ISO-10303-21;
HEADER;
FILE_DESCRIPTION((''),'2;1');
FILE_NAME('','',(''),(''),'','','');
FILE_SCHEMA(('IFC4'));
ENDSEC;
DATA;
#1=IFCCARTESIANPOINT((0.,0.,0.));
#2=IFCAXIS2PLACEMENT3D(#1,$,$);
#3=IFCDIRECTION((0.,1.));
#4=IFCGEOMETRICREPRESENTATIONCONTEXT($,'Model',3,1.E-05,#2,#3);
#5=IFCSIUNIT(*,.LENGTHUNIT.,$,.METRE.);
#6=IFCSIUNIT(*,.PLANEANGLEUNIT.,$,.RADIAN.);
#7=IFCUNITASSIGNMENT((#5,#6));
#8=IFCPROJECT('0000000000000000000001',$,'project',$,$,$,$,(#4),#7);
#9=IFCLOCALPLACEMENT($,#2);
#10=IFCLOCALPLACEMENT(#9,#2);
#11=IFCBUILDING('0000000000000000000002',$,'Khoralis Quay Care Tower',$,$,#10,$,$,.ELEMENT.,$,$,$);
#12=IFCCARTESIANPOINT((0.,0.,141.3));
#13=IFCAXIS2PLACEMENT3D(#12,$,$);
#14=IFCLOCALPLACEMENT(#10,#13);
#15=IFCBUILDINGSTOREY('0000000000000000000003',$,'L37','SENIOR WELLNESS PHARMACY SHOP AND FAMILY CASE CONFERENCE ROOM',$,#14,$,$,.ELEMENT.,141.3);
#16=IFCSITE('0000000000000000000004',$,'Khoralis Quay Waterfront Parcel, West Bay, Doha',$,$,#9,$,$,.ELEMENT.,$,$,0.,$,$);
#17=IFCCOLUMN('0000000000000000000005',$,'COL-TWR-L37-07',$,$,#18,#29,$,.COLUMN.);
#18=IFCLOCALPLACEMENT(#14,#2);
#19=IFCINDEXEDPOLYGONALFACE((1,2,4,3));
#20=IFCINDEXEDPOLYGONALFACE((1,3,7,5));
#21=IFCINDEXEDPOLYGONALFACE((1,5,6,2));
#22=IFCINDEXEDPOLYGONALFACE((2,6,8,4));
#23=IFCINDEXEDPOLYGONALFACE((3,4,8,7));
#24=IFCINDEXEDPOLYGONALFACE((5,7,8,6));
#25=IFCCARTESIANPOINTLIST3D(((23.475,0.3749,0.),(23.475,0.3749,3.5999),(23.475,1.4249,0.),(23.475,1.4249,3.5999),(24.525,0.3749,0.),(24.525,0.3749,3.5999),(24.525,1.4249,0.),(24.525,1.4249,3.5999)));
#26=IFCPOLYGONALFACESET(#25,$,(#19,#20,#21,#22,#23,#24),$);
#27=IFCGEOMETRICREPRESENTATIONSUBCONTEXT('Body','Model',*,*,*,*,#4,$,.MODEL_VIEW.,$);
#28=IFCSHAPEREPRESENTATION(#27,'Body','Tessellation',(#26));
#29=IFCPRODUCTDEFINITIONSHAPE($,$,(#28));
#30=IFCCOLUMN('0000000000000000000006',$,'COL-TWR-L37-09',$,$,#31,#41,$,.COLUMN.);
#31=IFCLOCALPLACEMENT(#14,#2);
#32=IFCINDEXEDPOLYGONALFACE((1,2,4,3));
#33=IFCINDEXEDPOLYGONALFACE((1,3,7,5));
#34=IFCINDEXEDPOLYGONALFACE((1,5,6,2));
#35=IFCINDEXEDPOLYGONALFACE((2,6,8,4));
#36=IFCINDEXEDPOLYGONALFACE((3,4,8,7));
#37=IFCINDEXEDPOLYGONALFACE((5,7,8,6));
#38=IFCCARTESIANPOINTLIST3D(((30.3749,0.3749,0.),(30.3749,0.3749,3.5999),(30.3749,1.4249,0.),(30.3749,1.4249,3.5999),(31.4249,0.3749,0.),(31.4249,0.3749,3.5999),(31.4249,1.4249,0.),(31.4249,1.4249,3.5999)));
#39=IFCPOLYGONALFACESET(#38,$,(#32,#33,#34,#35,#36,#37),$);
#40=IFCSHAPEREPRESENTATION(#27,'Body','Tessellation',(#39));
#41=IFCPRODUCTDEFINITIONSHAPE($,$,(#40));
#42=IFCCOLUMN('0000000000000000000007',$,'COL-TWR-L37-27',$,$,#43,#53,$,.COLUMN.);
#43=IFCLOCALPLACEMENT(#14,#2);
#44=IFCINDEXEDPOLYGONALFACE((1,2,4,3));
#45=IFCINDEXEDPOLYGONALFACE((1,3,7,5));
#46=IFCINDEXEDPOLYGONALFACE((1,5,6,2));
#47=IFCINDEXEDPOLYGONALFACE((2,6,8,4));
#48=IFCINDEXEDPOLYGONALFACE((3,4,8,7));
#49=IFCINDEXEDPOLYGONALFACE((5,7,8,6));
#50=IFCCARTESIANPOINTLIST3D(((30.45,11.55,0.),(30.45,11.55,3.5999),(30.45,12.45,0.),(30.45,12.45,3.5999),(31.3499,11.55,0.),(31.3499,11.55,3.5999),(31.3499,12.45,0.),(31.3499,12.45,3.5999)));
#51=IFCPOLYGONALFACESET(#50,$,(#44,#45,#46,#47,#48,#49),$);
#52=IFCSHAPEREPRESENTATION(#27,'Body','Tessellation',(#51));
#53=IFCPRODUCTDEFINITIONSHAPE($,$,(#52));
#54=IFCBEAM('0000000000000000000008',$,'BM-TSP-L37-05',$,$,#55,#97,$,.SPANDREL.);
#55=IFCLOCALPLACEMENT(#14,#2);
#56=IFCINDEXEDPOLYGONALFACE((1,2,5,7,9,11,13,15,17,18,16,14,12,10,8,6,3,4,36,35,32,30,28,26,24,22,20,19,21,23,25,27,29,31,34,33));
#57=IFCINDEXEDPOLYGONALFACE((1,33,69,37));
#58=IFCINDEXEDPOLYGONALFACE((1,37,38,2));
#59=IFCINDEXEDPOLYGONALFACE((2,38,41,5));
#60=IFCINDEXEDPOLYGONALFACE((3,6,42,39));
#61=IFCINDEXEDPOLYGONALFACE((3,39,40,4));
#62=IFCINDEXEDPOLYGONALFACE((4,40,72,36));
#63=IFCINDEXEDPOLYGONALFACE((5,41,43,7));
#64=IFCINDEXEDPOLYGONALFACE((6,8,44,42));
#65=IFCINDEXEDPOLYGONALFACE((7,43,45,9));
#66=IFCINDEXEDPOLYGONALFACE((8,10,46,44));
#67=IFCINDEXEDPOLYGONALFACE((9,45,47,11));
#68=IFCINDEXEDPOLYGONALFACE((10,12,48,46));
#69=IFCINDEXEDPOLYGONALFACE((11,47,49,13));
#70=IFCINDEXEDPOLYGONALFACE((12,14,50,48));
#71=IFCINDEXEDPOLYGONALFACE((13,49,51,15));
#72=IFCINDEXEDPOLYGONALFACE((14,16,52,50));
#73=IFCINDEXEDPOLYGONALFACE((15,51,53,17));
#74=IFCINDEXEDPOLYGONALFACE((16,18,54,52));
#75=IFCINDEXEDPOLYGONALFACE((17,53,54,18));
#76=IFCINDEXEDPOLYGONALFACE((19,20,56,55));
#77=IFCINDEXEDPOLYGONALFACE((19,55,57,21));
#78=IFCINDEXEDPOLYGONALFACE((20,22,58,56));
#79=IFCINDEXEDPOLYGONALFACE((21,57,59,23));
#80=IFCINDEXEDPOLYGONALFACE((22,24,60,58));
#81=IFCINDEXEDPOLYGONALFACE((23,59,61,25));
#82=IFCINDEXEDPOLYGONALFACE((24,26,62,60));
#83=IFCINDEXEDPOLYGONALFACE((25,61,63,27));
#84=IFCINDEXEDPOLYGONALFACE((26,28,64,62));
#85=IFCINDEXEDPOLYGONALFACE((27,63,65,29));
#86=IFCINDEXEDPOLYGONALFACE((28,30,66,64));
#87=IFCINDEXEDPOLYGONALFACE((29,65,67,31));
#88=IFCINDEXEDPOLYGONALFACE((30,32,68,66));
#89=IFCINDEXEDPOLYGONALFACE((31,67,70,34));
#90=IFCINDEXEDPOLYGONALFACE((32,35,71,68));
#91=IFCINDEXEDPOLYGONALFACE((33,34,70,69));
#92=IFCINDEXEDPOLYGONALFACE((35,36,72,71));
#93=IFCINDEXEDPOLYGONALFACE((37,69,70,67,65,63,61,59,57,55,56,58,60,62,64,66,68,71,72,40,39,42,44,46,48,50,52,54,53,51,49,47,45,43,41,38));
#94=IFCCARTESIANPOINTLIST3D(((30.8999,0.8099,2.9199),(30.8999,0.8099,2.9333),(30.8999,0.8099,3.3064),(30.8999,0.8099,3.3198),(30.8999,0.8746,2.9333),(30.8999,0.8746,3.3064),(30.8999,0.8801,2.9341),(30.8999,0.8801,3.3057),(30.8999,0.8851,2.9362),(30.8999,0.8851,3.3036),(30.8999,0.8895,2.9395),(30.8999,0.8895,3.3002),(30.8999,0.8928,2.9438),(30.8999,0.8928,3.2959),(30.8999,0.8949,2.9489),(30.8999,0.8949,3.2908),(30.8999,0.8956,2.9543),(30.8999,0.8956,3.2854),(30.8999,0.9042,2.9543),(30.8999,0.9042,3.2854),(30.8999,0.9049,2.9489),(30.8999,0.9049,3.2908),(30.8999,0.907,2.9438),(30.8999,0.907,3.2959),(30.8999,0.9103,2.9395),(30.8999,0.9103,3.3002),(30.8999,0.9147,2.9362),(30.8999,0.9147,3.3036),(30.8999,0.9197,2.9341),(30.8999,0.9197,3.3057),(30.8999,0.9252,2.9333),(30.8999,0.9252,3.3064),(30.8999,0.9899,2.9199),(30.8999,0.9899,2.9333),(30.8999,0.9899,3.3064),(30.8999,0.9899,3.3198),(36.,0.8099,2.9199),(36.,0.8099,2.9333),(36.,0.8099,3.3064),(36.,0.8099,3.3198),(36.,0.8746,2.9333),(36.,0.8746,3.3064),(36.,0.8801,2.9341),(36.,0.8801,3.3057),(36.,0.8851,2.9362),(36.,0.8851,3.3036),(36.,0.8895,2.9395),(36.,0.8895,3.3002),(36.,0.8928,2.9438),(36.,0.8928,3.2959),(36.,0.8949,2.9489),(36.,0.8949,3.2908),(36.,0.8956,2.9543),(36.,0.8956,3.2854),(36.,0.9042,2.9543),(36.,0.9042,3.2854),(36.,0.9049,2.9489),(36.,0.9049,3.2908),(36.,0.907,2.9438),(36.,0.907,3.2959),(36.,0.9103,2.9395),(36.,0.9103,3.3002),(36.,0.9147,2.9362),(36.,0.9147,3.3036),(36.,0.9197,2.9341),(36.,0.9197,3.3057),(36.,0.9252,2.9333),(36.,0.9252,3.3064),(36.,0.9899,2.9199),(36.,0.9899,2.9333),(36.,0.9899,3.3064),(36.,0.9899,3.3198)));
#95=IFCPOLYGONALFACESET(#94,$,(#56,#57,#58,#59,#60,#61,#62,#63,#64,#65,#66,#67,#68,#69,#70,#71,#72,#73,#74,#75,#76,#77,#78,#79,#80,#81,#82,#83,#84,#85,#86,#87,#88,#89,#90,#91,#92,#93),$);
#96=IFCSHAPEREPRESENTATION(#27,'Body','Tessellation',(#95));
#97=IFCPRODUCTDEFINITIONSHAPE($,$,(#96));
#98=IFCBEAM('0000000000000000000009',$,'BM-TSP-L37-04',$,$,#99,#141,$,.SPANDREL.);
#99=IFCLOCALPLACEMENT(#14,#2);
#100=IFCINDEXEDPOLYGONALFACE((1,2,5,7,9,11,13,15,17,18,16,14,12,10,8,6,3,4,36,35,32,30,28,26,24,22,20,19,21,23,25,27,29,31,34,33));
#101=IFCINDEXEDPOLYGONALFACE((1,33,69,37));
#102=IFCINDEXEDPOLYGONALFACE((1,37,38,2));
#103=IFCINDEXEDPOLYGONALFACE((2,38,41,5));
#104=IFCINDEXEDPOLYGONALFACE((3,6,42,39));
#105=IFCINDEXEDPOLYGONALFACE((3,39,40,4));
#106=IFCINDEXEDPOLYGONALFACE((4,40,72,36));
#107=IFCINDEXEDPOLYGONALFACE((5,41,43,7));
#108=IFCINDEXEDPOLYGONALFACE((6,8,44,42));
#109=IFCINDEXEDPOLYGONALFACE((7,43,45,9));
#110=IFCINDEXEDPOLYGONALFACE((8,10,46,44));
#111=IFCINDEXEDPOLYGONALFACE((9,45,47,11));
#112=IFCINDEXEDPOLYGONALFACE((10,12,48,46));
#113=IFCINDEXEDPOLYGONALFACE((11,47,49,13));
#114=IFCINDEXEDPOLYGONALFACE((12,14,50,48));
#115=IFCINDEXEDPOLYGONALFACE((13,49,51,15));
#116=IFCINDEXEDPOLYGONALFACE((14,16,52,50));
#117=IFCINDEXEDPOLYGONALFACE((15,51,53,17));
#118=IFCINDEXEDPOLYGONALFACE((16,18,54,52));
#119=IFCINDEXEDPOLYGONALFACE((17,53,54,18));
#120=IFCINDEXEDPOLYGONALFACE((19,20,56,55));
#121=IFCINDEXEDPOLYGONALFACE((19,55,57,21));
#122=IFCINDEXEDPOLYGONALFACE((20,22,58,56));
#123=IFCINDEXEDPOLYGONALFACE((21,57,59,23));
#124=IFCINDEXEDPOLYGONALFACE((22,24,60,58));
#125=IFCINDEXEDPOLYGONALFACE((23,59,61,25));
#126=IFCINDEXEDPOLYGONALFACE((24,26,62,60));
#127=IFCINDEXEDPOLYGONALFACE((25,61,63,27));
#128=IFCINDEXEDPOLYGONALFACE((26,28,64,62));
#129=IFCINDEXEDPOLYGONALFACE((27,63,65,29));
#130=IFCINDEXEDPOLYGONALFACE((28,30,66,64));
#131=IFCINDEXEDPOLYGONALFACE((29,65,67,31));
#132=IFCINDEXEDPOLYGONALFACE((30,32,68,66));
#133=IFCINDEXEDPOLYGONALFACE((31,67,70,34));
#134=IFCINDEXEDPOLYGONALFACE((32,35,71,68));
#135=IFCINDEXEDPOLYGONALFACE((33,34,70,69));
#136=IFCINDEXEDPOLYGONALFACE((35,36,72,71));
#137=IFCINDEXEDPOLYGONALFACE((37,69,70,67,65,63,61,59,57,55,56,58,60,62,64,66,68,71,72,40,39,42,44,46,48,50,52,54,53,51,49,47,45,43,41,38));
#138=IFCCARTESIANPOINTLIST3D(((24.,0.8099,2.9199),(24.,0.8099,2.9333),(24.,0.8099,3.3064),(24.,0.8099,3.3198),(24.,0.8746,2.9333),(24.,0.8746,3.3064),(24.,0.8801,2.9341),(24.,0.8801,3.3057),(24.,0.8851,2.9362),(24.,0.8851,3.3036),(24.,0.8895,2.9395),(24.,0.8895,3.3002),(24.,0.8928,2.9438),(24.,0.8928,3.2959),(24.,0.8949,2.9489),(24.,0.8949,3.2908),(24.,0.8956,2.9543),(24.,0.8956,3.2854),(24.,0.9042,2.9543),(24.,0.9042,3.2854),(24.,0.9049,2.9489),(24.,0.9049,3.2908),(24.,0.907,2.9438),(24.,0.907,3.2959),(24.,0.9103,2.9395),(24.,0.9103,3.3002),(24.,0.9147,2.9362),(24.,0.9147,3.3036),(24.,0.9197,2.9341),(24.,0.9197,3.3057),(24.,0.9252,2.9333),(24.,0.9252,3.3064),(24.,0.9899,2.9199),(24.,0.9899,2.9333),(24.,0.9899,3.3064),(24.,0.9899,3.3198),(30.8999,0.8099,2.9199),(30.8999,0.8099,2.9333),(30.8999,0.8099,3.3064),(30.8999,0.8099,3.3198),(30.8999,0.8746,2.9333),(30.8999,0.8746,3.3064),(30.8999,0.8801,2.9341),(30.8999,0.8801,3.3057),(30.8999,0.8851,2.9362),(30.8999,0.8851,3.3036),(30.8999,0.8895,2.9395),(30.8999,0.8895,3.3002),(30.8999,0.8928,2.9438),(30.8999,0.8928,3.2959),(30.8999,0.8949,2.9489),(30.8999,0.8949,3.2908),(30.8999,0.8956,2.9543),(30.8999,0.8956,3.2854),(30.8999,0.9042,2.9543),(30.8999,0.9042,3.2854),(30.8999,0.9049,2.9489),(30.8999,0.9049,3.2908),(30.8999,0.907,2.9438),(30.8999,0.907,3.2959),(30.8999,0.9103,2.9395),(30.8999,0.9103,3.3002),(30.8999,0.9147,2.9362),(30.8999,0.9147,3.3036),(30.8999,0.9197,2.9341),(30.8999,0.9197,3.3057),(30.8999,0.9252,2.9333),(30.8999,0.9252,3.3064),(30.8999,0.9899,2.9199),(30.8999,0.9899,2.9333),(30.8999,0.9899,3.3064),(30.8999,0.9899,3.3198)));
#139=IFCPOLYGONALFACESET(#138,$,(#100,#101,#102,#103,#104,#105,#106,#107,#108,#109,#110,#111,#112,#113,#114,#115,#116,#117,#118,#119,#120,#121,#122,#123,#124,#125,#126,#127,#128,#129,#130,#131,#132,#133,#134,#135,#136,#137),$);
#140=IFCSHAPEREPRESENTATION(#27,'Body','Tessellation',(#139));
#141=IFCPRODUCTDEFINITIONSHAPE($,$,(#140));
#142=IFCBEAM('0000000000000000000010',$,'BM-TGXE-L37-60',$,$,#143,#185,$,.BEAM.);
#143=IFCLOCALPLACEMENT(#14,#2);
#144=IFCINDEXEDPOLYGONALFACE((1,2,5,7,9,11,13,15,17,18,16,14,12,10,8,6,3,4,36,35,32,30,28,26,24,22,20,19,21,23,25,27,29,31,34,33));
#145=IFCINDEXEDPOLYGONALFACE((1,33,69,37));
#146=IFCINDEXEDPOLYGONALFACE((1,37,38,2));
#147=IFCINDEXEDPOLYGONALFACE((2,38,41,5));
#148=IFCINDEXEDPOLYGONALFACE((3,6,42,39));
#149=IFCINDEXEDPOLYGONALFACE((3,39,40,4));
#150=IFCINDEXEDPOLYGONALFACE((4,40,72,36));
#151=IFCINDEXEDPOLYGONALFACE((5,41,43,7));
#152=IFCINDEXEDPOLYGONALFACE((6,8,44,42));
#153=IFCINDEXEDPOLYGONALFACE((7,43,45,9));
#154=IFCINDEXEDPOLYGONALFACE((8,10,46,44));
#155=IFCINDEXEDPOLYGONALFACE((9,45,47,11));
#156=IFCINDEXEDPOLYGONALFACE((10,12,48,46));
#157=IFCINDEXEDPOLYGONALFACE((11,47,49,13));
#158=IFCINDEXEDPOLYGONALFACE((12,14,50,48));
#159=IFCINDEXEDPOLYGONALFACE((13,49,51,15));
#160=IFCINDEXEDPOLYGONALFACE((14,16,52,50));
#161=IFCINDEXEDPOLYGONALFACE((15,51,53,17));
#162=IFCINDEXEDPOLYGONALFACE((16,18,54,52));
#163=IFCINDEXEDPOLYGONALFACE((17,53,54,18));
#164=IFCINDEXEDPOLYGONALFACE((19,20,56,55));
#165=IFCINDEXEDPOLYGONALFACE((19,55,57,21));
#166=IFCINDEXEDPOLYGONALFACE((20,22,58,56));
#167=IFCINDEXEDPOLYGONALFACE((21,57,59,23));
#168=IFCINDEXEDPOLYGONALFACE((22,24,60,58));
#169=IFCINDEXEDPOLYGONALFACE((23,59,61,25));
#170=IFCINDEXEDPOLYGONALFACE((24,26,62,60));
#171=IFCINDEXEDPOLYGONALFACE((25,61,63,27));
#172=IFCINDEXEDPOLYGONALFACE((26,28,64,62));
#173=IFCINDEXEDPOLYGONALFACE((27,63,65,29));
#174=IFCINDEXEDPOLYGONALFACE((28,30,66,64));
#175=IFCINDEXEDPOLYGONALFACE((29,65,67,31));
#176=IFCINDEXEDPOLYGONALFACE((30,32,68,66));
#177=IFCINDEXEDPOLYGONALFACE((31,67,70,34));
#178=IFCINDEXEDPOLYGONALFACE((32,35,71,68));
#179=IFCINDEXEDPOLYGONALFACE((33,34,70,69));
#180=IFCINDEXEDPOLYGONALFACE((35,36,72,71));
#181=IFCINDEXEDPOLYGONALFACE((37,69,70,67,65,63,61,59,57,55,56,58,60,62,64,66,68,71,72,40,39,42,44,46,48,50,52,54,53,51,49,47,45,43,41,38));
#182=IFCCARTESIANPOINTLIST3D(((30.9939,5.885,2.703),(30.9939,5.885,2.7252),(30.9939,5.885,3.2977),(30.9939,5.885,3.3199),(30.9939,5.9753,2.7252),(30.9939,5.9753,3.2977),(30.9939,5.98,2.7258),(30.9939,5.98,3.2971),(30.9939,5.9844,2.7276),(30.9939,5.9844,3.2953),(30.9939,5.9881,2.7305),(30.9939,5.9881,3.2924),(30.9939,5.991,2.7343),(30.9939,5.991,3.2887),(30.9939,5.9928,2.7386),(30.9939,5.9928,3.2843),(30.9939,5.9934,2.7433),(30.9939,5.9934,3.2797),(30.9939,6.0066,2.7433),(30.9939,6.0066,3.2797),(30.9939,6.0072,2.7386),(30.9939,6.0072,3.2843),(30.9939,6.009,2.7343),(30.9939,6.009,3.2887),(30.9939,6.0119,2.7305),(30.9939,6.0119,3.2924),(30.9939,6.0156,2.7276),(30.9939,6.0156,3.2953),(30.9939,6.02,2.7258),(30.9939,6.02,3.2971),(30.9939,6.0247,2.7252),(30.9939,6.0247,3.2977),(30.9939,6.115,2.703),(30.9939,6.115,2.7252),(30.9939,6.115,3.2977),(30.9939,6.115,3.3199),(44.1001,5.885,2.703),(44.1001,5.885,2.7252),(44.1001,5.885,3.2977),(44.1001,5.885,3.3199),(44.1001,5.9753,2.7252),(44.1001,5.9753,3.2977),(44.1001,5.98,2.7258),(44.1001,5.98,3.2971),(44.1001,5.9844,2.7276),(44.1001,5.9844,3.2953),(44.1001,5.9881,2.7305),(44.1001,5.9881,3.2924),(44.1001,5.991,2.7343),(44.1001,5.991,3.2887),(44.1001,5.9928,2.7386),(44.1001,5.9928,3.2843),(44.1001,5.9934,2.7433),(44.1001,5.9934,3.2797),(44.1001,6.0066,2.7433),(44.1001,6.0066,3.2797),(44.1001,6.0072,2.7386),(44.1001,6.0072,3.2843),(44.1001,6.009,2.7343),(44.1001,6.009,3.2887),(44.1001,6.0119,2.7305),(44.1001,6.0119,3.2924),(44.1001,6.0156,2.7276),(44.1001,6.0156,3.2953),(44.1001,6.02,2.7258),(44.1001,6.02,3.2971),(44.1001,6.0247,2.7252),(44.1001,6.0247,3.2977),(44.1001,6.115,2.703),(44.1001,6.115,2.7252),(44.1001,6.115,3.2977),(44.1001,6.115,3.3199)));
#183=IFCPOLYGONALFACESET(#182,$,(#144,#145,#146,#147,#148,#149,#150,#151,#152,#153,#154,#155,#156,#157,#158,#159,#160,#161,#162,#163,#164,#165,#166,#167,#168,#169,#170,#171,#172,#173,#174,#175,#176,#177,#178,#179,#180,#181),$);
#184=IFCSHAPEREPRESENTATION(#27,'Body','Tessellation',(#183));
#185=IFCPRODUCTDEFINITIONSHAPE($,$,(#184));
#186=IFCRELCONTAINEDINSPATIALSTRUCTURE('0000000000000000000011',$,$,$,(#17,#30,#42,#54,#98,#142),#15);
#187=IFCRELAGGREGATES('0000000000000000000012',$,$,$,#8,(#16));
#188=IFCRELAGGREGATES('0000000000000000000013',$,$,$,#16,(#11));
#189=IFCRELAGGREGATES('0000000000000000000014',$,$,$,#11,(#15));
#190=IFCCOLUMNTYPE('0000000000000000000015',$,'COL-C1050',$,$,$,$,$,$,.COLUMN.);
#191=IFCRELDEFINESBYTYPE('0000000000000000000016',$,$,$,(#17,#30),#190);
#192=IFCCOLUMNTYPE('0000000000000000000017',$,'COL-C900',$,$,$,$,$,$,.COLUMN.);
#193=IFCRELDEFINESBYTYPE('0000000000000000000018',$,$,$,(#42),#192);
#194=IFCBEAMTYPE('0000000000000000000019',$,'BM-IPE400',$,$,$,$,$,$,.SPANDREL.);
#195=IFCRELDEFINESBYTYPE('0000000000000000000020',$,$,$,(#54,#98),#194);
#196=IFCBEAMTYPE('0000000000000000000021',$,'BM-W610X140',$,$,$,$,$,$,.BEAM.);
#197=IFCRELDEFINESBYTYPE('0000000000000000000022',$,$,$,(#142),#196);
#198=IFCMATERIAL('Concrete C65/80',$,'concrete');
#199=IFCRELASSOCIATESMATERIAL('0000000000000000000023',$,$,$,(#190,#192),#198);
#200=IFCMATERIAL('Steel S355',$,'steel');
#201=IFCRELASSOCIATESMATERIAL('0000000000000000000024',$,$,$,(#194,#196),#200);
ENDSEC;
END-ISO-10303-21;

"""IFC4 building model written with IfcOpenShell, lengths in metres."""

from ifc_helpers import new_model, si_unit, direction, frame, origin, origin_2d, place, context, subcontext, project, spatial, rectangle, i_section, extrude, source, transform, mapped, material, material_profile, profile_set, type_object, element, save


model = new_model("IFC4")

# Units and contexts
model_context = context("Model", 3, precision=1e-05, world=origin(), true_north=direction((0.0, 1.0)))
body_context = subcontext(model_context, "Body", "Model", "MODEL_VIEW")
ifc_project = project(units=[si_unit("LENGTHUNIT", "METRE"), si_unit("PLANEANGLEUNIT", "RADIAN")], contexts=[model_context])

# Site, building, storey
site_placement = place(None, origin())
site = spatial("IfcSite", under=ifc_project, at=site_placement, Name="Khoralis Quay Waterfront Parcel, West Bay, Doha", CompositionType="ELEMENT", RefElevation=0.0)
building_placement = place(site_placement, origin())
building = spatial("IfcBuilding", under=site, at=building_placement, Name="Khoralis Quay Care Tower", CompositionType="ELEMENT")
storey_placement = place(building_placement, frame((0.0, 0.0, 141.3)))
storey = spatial("IfcBuildingStorey", under=building, at=storey_placement, Name="L37", Description="SENIOR WELLNESS PHARMACY SHOP AND FAMILY CASE CONFERENCE ROOM", CompositionType="ELEMENT", Elevation=141.3)

# Columns
ifc_material_1 = material(Name="Concrete C65/80", Category="concrete")
ifc_material_profile_1 = material_profile(ifc_material_1, rectangle(XDim=1.05, YDim=1.05, at=origin_2d()), Name="Concrete C65/80")
ifc_profile_set_1 = profile_set([ifc_material_profile_1], Name="Concrete C65/80")
column_type_1 = type_object("IfcColumnType", Name="COL-C1050", PredefinedType="COLUMN", material=ifc_profile_set_1)
shared_shape_1 = source(origin(), body_context, "Body", "SweptSolid", [
    extrude(rectangle(XDim=1.05, YDim=1.05, at=origin_2d()), origin(), (0.0, 0.0, 1.0), 3.5999),
])
for number, where, z_axis, x_axis, name in (
    (1, (24.0, 0.8999, 0.0), (0.0, 0.0, 1.0), (1.0, 0.0, 0.0), "COL-TWR-L37-07"),
    (2, (30.8999, 0.8999, 0.0), (0.0, 0.0, 1.0), (1.0, 0.0, 0.0), "COL-TWR-L37-09"),
):
    element("IfcColumn", number, at=place(storey_placement, frame(where, z_axis=z_axis, x_axis=x_axis)), inside=storey, type_object=column_type_1, Name=name, PredefinedType="COLUMN", context=body_context, shape_type="MappedRepresentation", body=[
        mapped(shared_shape_1, transform((0.0, 0.0, 0.0), scale=1.0)),
    ])
ifc_material_profile_2 = material_profile(ifc_material_1, rectangle(XDim=0.8999, YDim=0.8999, at=origin_2d()), Name="Concrete C65/80")
ifc_profile_set_2 = profile_set([ifc_material_profile_2], Name="Concrete C65/80")
column_type_2 = type_object("IfcColumnType", Name="COL-C900", PredefinedType="COLUMN", material=ifc_profile_set_2)
shared_shape_2 = source(origin(), body_context, "Body", "SweptSolid", [
    extrude(rectangle(XDim=0.8999, YDim=0.8999, at=origin_2d()), origin(), (0.0, 0.0, 1.0), 3.5999),
])
column_placement = place(storey_placement, frame((30.8999, 12.0, 0.0), z_axis=(0.0, 0.0, 1.0), x_axis=(1.0, 0.0, 0.0)))
element("IfcColumn", 3, at=column_placement, inside=storey, type_object=column_type_2, Name="COL-TWR-L37-27", PredefinedType="COLUMN", context=body_context, shape_type="MappedRepresentation", body=[
    mapped(shared_shape_2, transform((0.0, 0.0, 0.0), scale=1.0)),
])

# Beams
ifc_material_2 = material(Name="Steel S355", Category="steel")
ifc_material_profile_3 = material_profile(ifc_material_2, i_section(OverallWidth=0.1799, OverallDepth=0.3999, WebThickness=0.0085, FlangeThickness=0.0134, FilletRadius=0.021, at=origin_2d()), Name="Steel S355")
ifc_profile_set_3 = profile_set([ifc_material_profile_3], Name="Steel S355")
beam_type_1 = type_object("IfcBeamType", Name="BM-IPE400", PredefinedType="SPANDREL", material=ifc_profile_set_3)
shared_shape_3 = source(origin(), body_context, "Body", "SweptSolid", [
    extrude(i_section(OverallWidth=0.1799, OverallDepth=0.3999, WebThickness=0.0085, FlangeThickness=0.0134, FilletRadius=0.021, at=origin_2d()), origin(), (0.0, 0.0, 1.0), 5.1001),
])
beam_1_placement = place(storey_placement, frame((30.8999, 0.8999, 3.1199), z_axis=(1.0, 0.0, 0.0), x_axis=(0.0, 1.0, 0.0)))
element("IfcBeam", 4, at=beam_1_placement, inside=storey, type_object=beam_type_1, Name="BM-TSP-L37-05", PredefinedType="SPANDREL", context=body_context, shape_type="MappedRepresentation", body=[
    mapped(shared_shape_3, transform((0.0, 0.0, 0.0), scale=1.0)),
])
shared_shape_4 = source(origin(), body_context, "Body", "SweptSolid", [
    extrude(i_section(OverallWidth=0.1799, OverallDepth=0.3999, WebThickness=0.0085, FlangeThickness=0.0134, FilletRadius=0.021, at=origin_2d()), origin(), (0.0, 0.0, 1.0), 6.8999),
])
beam_2_placement = place(storey_placement, frame((24.0, 0.8999, 3.1199), z_axis=(1.0, 0.0, 0.0), x_axis=(0.0, 1.0, 0.0)))
element("IfcBeam", 5, at=beam_2_placement, inside=storey, type_object=beam_type_1, Name="BM-TSP-L37-04", PredefinedType="SPANDREL", context=body_context, shape_type="MappedRepresentation", body=[
    mapped(shared_shape_4, transform((0.0, 0.0, 0.0), scale=1.0)),
])
ifc_material_profile_4 = material_profile(ifc_material_2, i_section(OverallWidth=0.23, OverallDepth=0.6169, WebThickness=0.0132, FlangeThickness=0.0222, FilletRadius=0.0181, at=origin_2d()), Name="Steel S355")
ifc_profile_set_4 = profile_set([ifc_material_profile_4], Name="Steel S355")
beam_type_2 = type_object("IfcBeamType", Name="BM-W610X140", PredefinedType="BEAM", material=ifc_profile_set_4)
shared_shape_5 = source(origin(), body_context, "Body", "SweptSolid", [
    extrude(i_section(OverallWidth=0.23, OverallDepth=0.6169, WebThickness=0.0132, FlangeThickness=0.0222, FilletRadius=0.0181, at=origin_2d()), origin(), (0.0, 0.0, 1.0), 13.1062),
])
beam_3_placement = place(storey_placement, frame((30.9939, 6.0, 3.0115), z_axis=(1.0, 0.0, 0.0), x_axis=(0.0, 1.0, 0.0)))
element("IfcBeam", 6, at=beam_3_placement, inside=storey, type_object=beam_type_2, Name="BM-TGXE-L37-60", PredefinedType="BEAM", context=body_context, shape_type="MappedRepresentation", body=[
    mapped(shared_shape_5, transform((0.0, 0.0, 0.0), scale=1.0)),
])

save(model, "model.ifc")
